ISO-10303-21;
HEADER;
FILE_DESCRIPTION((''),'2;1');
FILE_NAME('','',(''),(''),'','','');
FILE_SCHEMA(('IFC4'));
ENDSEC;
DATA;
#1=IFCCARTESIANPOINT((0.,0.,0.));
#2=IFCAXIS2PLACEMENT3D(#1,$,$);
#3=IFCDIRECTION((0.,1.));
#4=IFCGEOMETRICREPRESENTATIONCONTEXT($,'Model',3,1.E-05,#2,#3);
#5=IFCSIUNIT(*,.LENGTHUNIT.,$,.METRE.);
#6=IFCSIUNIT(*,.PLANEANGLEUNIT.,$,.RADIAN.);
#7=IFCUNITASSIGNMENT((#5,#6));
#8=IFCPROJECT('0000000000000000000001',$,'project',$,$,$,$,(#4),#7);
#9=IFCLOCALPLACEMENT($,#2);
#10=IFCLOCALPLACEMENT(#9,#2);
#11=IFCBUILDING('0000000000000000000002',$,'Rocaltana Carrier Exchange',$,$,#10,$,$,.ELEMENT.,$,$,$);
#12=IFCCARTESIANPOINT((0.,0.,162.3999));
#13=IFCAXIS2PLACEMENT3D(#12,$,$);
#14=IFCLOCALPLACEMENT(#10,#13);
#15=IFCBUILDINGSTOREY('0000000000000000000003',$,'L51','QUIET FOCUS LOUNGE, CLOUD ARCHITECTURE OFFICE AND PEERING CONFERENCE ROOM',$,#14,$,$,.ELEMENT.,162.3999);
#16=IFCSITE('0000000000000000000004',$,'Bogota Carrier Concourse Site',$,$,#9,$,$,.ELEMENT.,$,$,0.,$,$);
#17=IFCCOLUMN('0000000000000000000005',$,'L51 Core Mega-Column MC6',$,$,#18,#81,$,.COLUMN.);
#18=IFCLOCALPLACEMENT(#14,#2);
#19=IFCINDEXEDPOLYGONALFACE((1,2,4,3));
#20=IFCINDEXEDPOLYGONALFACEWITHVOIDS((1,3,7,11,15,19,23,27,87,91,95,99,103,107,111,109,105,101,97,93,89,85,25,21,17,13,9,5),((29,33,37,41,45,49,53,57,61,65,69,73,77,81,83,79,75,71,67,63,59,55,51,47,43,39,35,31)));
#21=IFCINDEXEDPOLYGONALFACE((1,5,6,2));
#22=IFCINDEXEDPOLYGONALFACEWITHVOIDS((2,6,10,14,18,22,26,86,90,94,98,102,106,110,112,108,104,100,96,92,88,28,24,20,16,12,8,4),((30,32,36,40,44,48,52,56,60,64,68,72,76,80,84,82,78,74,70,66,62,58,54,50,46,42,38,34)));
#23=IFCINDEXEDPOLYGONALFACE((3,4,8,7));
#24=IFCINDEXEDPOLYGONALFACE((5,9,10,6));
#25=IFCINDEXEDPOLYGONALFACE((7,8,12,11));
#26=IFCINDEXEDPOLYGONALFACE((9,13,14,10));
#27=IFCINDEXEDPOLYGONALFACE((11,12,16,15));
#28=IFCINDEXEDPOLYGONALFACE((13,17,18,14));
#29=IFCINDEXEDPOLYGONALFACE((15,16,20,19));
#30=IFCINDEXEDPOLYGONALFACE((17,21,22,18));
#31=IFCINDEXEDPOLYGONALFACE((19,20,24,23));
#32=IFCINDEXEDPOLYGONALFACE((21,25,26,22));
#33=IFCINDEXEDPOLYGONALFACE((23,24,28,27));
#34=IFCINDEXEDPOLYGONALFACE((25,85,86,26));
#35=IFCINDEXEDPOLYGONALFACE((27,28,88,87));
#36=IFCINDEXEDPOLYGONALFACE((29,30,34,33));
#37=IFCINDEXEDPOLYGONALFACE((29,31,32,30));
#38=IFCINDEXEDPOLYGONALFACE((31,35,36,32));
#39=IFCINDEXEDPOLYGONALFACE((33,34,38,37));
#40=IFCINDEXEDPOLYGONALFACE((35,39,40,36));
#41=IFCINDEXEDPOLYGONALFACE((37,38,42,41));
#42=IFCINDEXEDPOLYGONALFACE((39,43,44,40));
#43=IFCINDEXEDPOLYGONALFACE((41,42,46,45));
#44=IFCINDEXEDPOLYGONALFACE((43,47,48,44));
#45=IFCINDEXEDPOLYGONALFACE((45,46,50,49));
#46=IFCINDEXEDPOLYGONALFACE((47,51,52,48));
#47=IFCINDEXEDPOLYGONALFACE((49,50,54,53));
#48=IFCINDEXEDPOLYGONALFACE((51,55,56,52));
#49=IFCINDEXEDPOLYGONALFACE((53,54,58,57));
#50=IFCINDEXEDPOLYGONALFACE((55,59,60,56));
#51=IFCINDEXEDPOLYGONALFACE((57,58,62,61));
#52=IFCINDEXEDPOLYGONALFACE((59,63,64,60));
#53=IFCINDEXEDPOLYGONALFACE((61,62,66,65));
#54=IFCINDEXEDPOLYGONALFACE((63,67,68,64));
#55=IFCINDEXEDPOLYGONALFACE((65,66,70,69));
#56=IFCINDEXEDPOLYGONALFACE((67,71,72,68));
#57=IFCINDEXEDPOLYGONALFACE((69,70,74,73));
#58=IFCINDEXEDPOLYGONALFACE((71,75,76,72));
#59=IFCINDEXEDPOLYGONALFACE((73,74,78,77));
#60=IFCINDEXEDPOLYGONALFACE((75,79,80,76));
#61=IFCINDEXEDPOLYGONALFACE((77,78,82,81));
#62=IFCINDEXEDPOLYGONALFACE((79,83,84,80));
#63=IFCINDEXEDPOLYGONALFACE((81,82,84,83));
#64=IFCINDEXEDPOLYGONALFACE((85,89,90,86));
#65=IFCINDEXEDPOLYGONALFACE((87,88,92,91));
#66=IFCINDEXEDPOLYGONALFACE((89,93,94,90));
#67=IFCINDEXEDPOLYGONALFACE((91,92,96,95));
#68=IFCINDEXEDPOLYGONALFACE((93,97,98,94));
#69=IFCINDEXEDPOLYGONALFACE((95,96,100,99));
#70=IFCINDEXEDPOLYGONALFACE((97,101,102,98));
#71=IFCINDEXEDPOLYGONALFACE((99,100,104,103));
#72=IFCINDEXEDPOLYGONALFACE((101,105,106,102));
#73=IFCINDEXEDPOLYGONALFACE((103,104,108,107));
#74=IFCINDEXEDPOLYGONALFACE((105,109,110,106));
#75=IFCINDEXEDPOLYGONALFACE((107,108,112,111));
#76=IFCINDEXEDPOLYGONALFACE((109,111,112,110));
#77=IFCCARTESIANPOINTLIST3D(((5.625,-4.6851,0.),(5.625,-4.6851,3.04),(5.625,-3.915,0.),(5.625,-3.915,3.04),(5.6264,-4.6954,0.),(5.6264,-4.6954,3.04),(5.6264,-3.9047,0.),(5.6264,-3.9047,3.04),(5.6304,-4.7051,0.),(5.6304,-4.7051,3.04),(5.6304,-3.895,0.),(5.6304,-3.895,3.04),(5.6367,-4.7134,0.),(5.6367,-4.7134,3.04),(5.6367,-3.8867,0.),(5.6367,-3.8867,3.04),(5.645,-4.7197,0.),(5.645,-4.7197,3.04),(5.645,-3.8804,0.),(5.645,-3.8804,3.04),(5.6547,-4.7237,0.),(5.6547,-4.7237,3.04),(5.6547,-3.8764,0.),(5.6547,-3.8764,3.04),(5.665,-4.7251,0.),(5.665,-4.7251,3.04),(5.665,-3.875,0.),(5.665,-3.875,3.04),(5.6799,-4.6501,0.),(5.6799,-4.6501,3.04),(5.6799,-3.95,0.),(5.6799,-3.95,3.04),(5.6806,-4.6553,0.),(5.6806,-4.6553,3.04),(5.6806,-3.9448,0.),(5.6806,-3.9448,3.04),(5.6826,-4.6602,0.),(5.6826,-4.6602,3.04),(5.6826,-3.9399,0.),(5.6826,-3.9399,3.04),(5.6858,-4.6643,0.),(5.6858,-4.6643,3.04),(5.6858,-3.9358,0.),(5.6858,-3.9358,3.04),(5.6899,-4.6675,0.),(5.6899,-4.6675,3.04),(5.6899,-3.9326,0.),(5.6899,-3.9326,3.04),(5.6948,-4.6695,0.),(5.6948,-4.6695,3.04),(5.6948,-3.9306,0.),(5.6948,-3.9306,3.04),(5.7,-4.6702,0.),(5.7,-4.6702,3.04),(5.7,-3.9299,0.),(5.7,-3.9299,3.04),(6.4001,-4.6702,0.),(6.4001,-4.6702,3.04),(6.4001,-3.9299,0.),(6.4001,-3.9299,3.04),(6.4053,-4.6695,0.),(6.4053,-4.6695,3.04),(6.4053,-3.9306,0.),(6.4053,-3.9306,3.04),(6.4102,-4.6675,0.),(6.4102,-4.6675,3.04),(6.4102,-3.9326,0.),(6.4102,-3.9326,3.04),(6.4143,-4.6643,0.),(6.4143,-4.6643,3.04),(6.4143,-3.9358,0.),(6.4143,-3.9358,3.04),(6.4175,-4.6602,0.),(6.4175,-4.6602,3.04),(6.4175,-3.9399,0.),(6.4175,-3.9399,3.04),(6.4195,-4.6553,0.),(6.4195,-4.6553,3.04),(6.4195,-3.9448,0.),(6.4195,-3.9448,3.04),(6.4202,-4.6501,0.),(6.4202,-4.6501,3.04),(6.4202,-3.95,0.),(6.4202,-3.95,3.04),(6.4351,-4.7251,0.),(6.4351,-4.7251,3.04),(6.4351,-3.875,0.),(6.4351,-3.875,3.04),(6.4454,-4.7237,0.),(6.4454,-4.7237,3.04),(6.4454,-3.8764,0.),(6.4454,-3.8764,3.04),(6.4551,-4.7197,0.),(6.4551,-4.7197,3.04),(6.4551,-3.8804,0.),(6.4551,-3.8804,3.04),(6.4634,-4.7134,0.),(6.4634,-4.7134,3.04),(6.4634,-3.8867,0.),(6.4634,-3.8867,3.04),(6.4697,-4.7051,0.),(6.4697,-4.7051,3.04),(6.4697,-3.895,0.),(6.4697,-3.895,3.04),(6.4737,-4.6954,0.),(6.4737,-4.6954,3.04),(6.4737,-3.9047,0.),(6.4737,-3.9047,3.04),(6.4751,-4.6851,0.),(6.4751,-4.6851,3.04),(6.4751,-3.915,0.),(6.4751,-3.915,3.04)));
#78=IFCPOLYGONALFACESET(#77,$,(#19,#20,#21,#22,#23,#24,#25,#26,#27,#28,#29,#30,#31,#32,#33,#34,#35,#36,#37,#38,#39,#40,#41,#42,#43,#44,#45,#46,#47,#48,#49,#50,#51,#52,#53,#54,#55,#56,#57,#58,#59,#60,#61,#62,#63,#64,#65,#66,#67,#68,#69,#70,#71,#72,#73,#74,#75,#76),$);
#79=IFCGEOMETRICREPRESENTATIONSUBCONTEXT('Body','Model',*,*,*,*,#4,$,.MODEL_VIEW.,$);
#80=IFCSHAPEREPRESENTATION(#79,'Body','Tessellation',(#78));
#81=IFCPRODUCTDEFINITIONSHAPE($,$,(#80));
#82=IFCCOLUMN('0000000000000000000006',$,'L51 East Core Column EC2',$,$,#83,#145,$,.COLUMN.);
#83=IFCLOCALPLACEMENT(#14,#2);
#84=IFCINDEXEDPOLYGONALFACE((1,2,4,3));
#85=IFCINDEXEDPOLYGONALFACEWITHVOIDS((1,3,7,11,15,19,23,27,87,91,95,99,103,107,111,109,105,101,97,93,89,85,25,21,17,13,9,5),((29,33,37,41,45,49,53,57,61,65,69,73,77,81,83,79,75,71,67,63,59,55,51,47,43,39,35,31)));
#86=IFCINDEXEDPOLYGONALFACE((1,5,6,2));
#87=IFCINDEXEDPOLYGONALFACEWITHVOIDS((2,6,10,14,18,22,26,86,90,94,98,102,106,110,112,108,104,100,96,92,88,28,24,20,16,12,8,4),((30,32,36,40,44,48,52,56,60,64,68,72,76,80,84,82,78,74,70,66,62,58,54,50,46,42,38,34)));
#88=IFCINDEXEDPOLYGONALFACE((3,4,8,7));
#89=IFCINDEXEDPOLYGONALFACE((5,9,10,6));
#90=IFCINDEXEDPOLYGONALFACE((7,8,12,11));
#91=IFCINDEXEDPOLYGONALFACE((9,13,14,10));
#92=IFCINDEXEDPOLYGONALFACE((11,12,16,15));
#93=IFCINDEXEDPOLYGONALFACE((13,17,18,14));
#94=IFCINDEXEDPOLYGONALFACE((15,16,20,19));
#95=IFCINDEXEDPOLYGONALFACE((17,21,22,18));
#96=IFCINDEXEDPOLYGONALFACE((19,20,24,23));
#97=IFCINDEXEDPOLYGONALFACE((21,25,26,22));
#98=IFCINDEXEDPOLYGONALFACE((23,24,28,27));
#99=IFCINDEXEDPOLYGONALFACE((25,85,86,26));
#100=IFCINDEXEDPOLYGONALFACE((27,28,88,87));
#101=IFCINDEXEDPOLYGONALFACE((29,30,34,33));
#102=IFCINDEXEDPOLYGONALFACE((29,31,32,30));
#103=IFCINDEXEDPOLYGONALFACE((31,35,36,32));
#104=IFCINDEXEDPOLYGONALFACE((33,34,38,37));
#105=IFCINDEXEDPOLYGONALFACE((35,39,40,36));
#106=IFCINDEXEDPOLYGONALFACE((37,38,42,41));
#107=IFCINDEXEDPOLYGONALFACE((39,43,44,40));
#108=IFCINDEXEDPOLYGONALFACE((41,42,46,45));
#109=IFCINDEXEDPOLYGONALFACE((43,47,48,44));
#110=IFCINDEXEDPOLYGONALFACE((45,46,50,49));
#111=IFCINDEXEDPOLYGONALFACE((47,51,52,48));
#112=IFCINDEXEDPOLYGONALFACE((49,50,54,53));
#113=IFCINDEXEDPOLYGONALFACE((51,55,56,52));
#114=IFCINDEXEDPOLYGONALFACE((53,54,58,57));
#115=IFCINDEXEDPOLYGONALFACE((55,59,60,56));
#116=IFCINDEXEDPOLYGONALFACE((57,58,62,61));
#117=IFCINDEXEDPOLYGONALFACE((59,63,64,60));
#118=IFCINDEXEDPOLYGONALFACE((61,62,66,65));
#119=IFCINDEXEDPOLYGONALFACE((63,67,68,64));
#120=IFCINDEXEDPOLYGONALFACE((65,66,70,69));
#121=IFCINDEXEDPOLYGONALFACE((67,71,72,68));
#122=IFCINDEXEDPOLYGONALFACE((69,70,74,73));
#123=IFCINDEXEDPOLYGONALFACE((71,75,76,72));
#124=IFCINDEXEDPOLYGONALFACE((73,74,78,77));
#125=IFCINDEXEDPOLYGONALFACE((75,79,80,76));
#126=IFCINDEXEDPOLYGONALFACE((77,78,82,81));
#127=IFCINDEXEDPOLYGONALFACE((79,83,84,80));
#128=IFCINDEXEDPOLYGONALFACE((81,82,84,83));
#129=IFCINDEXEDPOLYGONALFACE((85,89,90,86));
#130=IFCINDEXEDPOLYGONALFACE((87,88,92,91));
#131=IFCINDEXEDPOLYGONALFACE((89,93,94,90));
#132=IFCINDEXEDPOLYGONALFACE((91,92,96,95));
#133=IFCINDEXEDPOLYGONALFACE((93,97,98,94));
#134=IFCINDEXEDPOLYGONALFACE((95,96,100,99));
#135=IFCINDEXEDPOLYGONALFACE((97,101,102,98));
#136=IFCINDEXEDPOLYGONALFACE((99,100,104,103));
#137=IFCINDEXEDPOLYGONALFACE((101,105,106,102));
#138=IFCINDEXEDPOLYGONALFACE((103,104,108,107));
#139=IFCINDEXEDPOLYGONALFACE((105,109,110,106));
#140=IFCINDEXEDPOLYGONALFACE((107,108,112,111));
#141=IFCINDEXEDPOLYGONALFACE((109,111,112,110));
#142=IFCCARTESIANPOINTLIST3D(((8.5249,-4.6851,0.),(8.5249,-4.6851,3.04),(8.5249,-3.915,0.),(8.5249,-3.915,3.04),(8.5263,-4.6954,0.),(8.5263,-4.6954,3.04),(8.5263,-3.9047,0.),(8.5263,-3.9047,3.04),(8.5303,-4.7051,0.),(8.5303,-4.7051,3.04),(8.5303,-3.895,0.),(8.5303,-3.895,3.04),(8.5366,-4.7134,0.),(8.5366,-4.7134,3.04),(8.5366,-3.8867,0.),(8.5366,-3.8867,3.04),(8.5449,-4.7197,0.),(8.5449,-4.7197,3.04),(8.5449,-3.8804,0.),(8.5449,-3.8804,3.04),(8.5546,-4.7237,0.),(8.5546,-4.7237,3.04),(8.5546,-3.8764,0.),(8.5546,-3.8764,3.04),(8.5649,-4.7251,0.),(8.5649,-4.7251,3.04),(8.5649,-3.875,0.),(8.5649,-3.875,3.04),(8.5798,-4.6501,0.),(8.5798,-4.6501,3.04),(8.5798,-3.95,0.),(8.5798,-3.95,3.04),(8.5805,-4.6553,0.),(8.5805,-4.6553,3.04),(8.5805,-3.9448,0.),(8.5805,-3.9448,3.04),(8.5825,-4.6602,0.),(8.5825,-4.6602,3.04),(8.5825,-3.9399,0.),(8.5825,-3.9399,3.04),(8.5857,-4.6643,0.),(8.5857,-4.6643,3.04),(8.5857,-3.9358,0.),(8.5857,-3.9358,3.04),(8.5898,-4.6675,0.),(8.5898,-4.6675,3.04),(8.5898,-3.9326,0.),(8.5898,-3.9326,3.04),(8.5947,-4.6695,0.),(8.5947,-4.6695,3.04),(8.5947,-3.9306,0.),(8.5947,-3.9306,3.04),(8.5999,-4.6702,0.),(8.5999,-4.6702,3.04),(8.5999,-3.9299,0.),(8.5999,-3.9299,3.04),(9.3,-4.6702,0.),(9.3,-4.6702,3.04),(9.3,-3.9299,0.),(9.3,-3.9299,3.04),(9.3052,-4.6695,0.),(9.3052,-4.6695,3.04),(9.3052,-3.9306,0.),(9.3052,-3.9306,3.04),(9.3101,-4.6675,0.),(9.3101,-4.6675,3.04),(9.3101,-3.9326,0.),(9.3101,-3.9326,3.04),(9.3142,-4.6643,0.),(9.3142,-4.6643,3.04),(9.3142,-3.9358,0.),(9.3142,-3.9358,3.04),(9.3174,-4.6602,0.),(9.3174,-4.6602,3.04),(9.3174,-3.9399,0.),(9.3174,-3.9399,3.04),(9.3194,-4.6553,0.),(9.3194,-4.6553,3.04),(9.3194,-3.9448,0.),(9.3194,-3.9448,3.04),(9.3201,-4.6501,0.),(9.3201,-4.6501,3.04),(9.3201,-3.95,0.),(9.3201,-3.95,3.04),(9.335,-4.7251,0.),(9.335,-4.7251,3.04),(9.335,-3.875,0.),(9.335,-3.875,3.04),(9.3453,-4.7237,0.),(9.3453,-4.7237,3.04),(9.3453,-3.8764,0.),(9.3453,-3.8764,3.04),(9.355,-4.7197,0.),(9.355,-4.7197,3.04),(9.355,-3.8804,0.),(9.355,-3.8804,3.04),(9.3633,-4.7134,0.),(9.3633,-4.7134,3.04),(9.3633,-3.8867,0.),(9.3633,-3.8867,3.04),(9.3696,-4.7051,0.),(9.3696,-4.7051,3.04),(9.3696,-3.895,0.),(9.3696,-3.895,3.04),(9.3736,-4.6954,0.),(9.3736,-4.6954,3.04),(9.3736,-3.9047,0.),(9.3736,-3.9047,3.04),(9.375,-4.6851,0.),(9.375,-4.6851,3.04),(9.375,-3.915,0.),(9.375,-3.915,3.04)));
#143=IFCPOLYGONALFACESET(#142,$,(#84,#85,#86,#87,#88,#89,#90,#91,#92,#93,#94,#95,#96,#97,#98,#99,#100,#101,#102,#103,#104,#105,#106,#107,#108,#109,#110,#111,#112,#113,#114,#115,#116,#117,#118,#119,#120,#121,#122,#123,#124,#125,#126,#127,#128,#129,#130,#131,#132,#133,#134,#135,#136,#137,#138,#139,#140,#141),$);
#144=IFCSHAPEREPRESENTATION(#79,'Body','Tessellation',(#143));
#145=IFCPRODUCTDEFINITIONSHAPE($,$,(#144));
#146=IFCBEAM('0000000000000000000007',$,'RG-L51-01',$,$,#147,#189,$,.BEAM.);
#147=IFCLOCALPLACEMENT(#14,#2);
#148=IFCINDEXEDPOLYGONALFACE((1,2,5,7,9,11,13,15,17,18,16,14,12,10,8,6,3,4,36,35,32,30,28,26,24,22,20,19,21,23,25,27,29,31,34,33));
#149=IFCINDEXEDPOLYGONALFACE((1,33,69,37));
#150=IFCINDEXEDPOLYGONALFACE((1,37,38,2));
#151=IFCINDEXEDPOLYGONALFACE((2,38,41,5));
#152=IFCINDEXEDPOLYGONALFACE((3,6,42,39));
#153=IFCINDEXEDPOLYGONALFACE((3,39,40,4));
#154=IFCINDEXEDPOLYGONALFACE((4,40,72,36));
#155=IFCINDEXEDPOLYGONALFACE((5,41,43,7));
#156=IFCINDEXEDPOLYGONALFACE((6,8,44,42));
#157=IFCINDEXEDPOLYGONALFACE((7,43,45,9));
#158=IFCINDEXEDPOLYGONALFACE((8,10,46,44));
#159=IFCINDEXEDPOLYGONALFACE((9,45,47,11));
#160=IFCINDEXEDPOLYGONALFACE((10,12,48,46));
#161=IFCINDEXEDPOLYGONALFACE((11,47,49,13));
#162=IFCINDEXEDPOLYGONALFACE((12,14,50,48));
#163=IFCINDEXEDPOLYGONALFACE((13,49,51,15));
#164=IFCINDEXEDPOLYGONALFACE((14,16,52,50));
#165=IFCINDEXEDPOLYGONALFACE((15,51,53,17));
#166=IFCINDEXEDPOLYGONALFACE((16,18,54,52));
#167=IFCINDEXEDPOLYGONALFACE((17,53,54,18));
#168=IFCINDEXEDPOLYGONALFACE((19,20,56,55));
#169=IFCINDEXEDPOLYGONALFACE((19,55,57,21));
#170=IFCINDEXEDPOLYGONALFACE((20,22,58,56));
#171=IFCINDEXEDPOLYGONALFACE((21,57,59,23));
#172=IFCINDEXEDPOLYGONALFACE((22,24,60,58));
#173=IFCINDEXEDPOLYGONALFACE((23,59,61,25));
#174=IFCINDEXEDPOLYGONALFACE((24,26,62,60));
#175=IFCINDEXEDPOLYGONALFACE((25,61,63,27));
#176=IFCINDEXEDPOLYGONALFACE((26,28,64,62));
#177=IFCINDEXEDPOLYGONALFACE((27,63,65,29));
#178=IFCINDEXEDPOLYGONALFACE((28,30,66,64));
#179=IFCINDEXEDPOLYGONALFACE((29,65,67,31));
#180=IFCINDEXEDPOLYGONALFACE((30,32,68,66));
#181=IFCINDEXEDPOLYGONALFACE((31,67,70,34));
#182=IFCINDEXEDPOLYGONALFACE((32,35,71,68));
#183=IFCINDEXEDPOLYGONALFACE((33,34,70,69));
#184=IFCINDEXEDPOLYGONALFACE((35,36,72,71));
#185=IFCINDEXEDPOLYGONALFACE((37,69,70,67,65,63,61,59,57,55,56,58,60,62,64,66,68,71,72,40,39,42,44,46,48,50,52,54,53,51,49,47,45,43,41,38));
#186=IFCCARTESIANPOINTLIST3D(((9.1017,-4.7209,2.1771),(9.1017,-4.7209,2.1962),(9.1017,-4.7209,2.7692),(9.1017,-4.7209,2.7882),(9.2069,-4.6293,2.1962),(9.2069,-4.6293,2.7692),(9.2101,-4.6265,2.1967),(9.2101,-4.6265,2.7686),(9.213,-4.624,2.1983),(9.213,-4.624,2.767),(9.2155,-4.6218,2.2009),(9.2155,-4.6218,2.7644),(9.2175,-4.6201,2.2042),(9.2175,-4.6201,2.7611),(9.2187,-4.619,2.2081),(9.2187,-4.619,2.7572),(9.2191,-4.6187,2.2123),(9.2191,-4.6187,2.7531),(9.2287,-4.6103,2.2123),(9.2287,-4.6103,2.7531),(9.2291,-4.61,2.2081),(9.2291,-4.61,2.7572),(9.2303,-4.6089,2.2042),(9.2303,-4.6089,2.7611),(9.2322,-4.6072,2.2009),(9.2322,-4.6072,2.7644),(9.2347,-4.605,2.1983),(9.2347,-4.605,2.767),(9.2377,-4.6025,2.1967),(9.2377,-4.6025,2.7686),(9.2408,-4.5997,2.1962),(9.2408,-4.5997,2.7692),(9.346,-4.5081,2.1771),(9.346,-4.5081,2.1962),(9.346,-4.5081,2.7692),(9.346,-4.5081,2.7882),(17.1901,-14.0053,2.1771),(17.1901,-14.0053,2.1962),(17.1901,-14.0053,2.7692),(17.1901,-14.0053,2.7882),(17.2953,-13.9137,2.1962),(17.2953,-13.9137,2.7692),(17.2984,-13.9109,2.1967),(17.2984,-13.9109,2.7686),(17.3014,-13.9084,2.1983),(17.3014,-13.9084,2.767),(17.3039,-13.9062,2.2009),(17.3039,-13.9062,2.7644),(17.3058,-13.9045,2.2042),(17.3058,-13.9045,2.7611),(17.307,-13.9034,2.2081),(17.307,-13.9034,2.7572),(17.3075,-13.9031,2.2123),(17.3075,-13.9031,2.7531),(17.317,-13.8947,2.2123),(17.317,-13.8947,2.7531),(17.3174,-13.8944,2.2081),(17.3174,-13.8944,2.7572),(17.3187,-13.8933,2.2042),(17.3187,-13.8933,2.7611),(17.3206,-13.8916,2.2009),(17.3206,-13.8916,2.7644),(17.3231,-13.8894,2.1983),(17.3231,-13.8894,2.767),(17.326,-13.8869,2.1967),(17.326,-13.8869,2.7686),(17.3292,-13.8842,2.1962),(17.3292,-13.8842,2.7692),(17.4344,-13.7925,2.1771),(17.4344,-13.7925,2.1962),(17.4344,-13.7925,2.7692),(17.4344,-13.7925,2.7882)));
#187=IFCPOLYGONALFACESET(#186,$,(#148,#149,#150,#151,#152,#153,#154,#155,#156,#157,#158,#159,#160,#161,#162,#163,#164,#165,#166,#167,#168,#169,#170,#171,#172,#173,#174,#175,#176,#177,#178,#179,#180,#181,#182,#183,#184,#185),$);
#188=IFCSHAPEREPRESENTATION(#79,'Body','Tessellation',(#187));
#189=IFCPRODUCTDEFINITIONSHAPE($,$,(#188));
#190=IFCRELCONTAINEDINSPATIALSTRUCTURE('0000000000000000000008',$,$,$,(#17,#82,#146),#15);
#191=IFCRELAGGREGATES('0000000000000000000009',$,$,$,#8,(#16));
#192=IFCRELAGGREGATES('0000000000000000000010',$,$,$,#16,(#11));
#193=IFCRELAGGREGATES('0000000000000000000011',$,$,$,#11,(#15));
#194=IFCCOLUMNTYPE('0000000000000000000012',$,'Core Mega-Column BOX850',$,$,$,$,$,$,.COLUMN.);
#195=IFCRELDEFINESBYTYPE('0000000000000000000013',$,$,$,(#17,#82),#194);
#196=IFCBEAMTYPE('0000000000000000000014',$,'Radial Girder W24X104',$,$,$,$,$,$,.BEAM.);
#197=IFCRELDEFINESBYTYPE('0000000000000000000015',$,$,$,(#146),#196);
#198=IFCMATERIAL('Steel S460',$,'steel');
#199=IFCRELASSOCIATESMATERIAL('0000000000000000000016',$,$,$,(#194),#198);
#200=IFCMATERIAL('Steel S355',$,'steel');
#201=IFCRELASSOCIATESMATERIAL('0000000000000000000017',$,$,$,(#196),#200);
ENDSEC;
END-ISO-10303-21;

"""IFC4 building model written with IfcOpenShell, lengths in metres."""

from ifc_helpers import new_model, si_unit, direction, frame, origin, origin_2d, place, context, subcontext, project, spatial, hollow_rectangle, i_section, extrude, material, material_profile, profile_set, type_object, element, save


model = new_model("IFC4")

# Units and contexts
model_context = context("Model", 3, precision=1e-05, world=origin(), true_north=direction((0.0, 1.0)))
body_context = subcontext(model_context, "Body", "Model", "MODEL_VIEW")
ifc_project = project(units=[si_unit("LENGTHUNIT", "METRE"), si_unit("PLANEANGLEUNIT", "RADIAN")], contexts=[model_context])

# Site, building, storey
site_placement = place(None, origin())
site = spatial("IfcSite", under=ifc_project, at=site_placement, Name="Bogota Carrier Concourse Site", CompositionType="ELEMENT", RefElevation=0.0)
building_placement = place(site_placement, origin())
building = spatial("IfcBuilding", under=site, at=building_placement, Name="Rocaltana Carrier Exchange", CompositionType="ELEMENT")
storey_placement = place(building_placement, frame((0.0, 0.0, 162.3999)))
storey = spatial("IfcBuildingStorey", under=building, at=storey_placement, Name="L51", Description="QUIET FOCUS LOUNGE, CLOUD ARCHITECTURE OFFICE AND PEERING CONFERENCE ROOM", CompositionType="ELEMENT", Elevation=162.3999)

# Columns
ifc_material_1 = material(Name="Steel S460", Category="steel")
ifc_material_profile_1 = material_profile(ifc_material_1, hollow_rectangle(XDim=0.8501, YDim=0.8501, WallThickness=0.0549, InnerFilletRadius=0.02, OuterFilletRadius=0.04, at=origin_2d()), Name="BOX850X850X55")
ifc_profile_set_1 = profile_set([ifc_material_profile_1], Name="Steel S460")
column_type = type_object("IfcColumnType", Name="Core Mega-Column BOX850", PredefinedType="COLUMN", material=ifc_profile_set_1)
for number, where, z_axis, x_axis, name in (
    (1, (6.05, -4.3, 0.0), (0.0, 0.0, 1.0), (1.0, 0.0, 0.0), "L51 Core Mega-Column MC6"),
    (2, (8.95, -4.3, 0.0), (0.0, 0.0, 1.0), (1.0, 0.0, 0.0), "L51 East Core Column EC2"),
):
    element("IfcColumn", number, at=place(storey_placement, frame(where, z_axis=z_axis, x_axis=x_axis)), inside=storey, type_object=column_type, Name=name, PredefinedType="COLUMN", context=body_context, shape_type="SweptSolid", body=[
        extrude(hollow_rectangle(XDim=0.8501, YDim=0.8501, WallThickness=0.0549, InnerFilletRadius=0.02, OuterFilletRadius=0.04, at=origin_2d()), origin(), (0.0, 0.0, 1.0), 3.04),
    ])

# Beam
ifc_material_2 = material(Name="Steel S355", Category="steel")
ifc_material_profile_2 = material_profile(ifc_material_2, i_section(OverallWidth=0.324, OverallDepth=0.6111, WebThickness=0.0127, FlangeThickness=0.019, FilletRadius=0.0161, at=origin_2d()), Name="W24X104")
ifc_profile_set_2 = profile_set([ifc_material_profile_2], Name="Steel S355")
beam_type = type_object("IfcBeamType", Name="Radial Girder W24X104", PredefinedType="BEAM", material=ifc_profile_set_2)
beam_1_placement = place(storey_placement, frame((9.2239, -4.6145, 2.4827), z_axis=(0.656871, -0.754003, 0.0), x_axis=(0.754003, 0.656871, 0.0)))
element("IfcBeam", 3, at=beam_1_placement, inside=storey, type_object=beam_type, Name="RG-L51-01", PredefinedType="BEAM", context=body_context, shape_type="SweptSolid", body=[
    extrude(i_section(OverallWidth=0.324, OverallDepth=0.6111, WebThickness=0.0127, FlangeThickness=0.019, FilletRadius=0.0161, at=origin_2d()), origin(), (0.0, 0.0, 1.0), 12.3135),
])

save(model, "model.ifc")
